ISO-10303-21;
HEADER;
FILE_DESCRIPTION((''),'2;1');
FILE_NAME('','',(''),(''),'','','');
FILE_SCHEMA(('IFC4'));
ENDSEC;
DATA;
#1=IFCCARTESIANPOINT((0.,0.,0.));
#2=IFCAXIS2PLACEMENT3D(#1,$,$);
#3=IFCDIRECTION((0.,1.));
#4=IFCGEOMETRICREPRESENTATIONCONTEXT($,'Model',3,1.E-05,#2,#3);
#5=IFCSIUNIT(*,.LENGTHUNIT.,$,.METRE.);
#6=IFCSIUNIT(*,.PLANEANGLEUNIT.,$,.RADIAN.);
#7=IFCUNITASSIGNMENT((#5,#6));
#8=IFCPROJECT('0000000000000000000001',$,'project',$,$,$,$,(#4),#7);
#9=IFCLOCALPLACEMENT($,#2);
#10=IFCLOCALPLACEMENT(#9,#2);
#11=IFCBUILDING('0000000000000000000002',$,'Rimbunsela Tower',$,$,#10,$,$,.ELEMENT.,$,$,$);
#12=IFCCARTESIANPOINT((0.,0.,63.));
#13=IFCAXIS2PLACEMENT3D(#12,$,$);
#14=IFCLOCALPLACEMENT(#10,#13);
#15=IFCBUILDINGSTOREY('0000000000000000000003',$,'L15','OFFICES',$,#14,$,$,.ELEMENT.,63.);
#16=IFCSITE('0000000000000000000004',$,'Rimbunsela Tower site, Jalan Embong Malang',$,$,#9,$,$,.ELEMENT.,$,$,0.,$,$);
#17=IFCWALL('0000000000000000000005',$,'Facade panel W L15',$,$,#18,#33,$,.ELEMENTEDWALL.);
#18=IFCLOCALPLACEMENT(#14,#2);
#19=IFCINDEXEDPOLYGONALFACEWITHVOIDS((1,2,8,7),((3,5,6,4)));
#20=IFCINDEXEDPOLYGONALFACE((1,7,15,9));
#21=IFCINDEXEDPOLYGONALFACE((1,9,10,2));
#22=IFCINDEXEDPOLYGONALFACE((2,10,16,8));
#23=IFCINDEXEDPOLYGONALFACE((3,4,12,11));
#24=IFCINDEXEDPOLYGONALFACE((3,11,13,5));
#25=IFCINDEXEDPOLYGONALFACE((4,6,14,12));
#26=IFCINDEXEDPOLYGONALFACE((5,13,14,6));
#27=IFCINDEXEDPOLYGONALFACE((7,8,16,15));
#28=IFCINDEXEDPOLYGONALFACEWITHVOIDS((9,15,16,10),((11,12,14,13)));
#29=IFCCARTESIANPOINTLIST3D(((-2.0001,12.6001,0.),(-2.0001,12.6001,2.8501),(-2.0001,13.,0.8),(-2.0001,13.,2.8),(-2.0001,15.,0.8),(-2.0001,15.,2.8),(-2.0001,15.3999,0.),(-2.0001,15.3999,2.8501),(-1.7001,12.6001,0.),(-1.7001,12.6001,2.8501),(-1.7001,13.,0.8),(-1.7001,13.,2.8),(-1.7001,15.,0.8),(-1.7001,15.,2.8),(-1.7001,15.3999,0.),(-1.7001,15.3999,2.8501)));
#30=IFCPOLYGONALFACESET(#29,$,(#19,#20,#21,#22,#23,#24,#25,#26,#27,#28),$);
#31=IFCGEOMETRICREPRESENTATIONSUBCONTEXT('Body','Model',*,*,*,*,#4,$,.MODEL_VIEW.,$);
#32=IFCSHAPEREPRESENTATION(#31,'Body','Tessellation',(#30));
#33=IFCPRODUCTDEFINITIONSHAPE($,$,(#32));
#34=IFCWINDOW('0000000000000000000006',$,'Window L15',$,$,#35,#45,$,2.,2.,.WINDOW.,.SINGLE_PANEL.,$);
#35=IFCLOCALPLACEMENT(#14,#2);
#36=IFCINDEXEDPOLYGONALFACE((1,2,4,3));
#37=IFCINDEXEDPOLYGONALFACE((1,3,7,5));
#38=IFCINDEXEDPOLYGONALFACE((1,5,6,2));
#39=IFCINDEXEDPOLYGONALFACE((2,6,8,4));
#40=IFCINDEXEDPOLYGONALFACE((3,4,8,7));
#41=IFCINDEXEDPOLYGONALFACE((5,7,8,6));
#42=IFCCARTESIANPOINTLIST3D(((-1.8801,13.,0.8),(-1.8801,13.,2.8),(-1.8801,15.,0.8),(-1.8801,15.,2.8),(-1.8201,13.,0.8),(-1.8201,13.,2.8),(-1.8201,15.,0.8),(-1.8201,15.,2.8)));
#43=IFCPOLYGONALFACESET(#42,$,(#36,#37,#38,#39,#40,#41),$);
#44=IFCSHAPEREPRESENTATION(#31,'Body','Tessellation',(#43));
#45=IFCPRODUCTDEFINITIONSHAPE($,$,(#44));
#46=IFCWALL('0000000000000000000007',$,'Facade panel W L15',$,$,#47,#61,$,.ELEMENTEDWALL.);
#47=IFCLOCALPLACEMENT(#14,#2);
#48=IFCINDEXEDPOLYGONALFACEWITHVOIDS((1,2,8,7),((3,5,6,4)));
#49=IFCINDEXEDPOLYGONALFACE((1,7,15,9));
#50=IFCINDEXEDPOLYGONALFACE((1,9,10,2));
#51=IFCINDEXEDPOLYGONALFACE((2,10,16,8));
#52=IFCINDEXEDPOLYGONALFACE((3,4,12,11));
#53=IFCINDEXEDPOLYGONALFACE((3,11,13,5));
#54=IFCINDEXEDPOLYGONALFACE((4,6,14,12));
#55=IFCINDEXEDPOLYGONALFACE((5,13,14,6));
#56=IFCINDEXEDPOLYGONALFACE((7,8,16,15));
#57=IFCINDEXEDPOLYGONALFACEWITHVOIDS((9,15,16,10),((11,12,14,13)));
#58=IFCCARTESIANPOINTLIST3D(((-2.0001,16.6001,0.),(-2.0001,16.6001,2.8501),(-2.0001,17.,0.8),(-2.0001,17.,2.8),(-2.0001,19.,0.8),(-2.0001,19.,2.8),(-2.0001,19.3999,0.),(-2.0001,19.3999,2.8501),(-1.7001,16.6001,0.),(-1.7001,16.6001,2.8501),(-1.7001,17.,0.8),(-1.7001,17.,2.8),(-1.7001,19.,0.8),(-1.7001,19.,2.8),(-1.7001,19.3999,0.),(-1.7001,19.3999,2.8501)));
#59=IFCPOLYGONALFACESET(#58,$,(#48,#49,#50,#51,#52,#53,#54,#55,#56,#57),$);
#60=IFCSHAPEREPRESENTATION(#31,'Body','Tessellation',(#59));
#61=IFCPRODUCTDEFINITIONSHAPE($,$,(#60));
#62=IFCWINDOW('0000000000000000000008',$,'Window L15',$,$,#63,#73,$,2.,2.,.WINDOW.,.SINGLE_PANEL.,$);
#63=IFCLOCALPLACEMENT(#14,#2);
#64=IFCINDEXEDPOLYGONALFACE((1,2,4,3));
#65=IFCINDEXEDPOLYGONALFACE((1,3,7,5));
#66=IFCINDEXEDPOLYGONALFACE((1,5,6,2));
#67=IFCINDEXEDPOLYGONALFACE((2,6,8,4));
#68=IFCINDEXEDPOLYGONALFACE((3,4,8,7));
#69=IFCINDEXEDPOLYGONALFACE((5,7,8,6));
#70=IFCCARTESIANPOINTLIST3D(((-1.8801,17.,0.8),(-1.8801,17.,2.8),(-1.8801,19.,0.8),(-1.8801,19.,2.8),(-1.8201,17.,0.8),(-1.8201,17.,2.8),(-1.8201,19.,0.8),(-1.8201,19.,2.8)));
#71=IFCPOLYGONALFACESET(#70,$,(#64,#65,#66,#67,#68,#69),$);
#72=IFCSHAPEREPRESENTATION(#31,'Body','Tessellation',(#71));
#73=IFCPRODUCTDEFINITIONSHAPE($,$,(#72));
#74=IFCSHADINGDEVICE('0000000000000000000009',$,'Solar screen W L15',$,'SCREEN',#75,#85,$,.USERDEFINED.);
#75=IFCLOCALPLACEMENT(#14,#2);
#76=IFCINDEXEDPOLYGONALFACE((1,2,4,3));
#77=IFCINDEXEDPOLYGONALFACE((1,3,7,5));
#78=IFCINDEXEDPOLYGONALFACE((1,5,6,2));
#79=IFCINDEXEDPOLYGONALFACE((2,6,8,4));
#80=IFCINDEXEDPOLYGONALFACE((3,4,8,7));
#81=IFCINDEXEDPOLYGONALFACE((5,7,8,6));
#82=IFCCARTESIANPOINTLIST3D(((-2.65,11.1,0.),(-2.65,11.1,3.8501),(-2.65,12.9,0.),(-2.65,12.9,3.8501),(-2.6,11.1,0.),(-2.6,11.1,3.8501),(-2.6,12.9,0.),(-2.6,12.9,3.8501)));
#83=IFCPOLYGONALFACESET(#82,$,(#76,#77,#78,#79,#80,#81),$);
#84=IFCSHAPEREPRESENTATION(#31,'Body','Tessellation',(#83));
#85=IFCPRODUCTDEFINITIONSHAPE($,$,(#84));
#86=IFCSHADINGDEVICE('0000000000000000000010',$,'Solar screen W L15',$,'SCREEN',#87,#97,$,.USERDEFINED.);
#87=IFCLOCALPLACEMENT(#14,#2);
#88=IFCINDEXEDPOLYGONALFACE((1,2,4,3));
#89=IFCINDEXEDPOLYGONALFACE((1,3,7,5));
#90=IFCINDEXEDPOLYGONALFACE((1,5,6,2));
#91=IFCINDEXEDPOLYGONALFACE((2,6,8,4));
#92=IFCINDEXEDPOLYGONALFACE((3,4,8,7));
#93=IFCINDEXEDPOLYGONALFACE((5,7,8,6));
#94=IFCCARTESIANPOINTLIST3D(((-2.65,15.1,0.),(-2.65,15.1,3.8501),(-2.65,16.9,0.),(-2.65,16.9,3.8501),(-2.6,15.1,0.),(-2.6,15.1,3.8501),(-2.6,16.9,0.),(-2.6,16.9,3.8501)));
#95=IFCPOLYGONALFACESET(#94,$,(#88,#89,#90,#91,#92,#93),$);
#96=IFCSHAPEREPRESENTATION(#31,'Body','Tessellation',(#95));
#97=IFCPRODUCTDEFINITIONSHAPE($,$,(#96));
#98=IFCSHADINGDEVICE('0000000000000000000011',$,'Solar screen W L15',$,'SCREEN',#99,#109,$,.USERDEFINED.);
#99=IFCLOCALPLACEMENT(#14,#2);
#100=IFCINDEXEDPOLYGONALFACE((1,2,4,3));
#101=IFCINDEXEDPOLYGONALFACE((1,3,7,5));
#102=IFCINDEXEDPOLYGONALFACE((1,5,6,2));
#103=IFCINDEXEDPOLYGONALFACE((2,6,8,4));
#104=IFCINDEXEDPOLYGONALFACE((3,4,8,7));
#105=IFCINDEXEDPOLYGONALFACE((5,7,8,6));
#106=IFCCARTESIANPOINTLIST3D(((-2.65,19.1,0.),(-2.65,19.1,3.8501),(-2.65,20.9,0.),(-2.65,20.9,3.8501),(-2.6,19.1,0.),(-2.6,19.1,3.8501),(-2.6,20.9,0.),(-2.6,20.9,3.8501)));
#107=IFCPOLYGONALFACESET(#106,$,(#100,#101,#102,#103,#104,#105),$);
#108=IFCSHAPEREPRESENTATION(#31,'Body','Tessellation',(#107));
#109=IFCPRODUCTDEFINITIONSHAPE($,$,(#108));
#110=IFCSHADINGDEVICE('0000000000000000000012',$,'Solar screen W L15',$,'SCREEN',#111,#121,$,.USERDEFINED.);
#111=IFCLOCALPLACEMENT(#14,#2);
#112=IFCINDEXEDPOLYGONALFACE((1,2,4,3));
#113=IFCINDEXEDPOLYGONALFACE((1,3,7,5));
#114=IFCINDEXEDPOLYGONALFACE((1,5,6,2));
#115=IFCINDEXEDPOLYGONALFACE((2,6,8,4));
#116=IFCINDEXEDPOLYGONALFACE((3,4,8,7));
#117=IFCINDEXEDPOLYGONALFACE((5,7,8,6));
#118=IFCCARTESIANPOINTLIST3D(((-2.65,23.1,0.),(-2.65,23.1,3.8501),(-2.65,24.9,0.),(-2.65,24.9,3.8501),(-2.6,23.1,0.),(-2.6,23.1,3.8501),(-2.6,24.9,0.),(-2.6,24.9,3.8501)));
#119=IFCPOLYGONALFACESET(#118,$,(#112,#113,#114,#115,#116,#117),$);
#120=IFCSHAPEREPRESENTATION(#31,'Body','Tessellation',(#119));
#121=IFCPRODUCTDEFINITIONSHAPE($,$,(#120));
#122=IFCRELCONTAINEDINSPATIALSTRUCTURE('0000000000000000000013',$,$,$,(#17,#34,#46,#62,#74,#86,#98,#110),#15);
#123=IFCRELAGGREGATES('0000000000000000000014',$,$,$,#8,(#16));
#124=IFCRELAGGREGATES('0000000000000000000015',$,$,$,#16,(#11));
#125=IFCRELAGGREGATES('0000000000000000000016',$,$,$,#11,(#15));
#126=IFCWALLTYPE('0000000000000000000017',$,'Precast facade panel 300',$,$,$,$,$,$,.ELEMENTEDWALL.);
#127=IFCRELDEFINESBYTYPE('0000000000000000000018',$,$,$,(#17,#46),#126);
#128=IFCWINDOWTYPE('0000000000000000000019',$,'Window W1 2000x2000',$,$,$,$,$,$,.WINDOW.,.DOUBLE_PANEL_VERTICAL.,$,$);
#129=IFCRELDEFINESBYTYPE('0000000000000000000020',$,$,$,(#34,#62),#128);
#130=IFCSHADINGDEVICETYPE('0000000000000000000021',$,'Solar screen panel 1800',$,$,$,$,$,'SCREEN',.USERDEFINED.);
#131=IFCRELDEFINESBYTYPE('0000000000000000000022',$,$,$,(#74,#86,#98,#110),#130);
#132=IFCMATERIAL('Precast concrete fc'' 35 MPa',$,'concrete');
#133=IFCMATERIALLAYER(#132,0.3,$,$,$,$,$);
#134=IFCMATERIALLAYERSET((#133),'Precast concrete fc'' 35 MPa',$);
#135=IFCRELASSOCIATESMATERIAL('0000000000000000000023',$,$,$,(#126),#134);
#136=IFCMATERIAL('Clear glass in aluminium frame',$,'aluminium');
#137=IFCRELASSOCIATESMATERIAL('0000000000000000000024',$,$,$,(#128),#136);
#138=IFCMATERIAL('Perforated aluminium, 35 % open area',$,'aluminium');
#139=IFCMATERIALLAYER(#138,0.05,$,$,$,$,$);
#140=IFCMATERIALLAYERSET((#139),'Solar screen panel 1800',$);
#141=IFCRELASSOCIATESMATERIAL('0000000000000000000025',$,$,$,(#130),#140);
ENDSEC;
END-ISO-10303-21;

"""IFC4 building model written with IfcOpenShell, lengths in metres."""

from ifc_helpers import new_model, si_unit, direction, frame, frame_2d, origin, origin_2d, place, context, subcontext, project, spatial, rectangle, extrude, material, layer, layer_set, type_object, element, fill, save


model = new_model("IFC4")

# Units and contexts
model_context = context("Model", 3, precision=1e-05, world=origin(), true_north=direction((0.0, 1.0)))
body_context = subcontext(model_context, "Body", "Model", "MODEL_VIEW")
ifc_project = project(units=[si_unit("LENGTHUNIT", "METRE"), si_unit("PLANEANGLEUNIT", "RADIAN")], contexts=[model_context])

# Site, building, storey
site_placement = place(None, origin())
site = spatial("IfcSite", under=ifc_project, at=site_placement, Name="Rimbunsela Tower site, Jalan Embong Malang", CompositionType="ELEMENT", RefElevation=0.0)
building_placement = place(site_placement, origin())
building = spatial("IfcBuilding", under=site, at=building_placement, Name="Rimbunsela Tower", CompositionType="ELEMENT")
storey_placement = place(building_placement, frame((0.0, 0.0, 63.0)))
storey = spatial("IfcBuildingStorey", under=building, at=storey_placement, Name="L15", Description="OFFICES", CompositionType="ELEMENT", Elevation=63.0)

# Walls, openings, windows
ifc_material_1 = material(Name="Precast concrete fc' 35 MPa", Category="concrete")
ifc_layer_1 = layer(ifc_material_1, 0.3)
ifc_layer_set_1 = layer_set([ifc_layer_1], Name="Precast concrete fc' 35 MPa")
wall_type = type_object("IfcWallType", Name="Precast facade panel 300", PredefinedType="ELEMENTEDWALL", material=ifc_layer_set_1)
ifc_material_2 = material(Name="Clear glass in aluminium frame", Category="aluminium")
window_type = type_object("IfcWindowType", Name="Window W1 2000x2000", PartitioningType="DOUBLE_PANEL_VERTICAL", PredefinedType="WINDOW", material=ifc_material_2)
wall_1_placement = place(storey_placement, frame((-1.8501, 15.3999, 0.0), z_axis=(0.0, 0.0, 1.0), x_axis=(0.0, -1.0, 0.0)))
wall_1 = element("IfcWall", 1, at=wall_1_placement, inside=storey, type_object=wall_type, Name="Facade panel W L15", PredefinedType="ELEMENTEDWALL", context=body_context, shape_type="SweptSolid", body=[
    extrude(rectangle(XDim=2.7998, YDim=0.3, at=frame_2d((1.3999, 0.0))), origin(), (0.0, 0.0, 1.0), 2.8501),
])
opening_1_placement = place(wall_1_placement, frame((0.3999, 0.0, 0.8)))
opening_1 = element("IfcOpeningElement", 2, at=opening_1_placement, cuts=wall_1, PredefinedType="OPENING", context=body_context, shape_type="SweptSolid", body=[
    extrude(rectangle(XDim=2.0, YDim=2.0, at=frame_2d((1.0, 1.0))), frame((0.0, 0.1599, 0.0), z_axis=(0.0, -1.0, 0.0), x_axis=(1.0, 0.0, 0.0)), (0.0, 0.0, 1.0), 0.3201),
])
window_1_placement = place(opening_1_placement, origin())
window_1 = element("IfcWindow", 3, at=window_1_placement, inside=storey, type_object=window_type, Name="Window L15", OverallHeight=2.0, OverallWidth=2.0, PartitioningType="SINGLE_PANEL", PredefinedType="WINDOW", context=body_context, shape_type="SweptSolid", body=[
    extrude(rectangle(XDim=2.0, YDim=2.0, at=frame_2d((1.0, 1.0))), frame((0.0, 0.03, 0.0), z_axis=(0.0, -1.0, 0.0), x_axis=(1.0, 0.0, 0.0)), (0.0, 0.0, 1.0), 0.0601),
])
fill(opening_1, window_1)
wall_2_placement = place(storey_placement, frame((-1.8501, 19.3999, 0.0), z_axis=(0.0, 0.0, 1.0), x_axis=(0.0, -1.0, 0.0)))
wall_2 = element("IfcWall", 4, at=wall_2_placement, inside=storey, type_object=wall_type, Name="Facade panel W L15", PredefinedType="ELEMENTEDWALL", context=body_context, shape_type="SweptSolid", body=[
    extrude(rectangle(XDim=2.7998, YDim=0.3, at=frame_2d((1.3999, 0.0))), origin(), (0.0, 0.0, 1.0), 2.8501),
])
opening_2_placement = place(wall_2_placement, frame((0.3999, 0.0, 0.8)))
opening_2 = element("IfcOpeningElement", 5, at=opening_2_placement, cuts=wall_2, PredefinedType="OPENING", context=body_context, shape_type="SweptSolid", body=[
    extrude(rectangle(XDim=2.0, YDim=2.0, at=frame_2d((1.0, 1.0))), frame((0.0, 0.1599, 0.0), z_axis=(0.0, -1.0, 0.0), x_axis=(1.0, 0.0, 0.0)), (0.0, 0.0, 1.0), 0.3201),
])
window_2_placement = place(opening_2_placement, origin())
window_2 = element("IfcWindow", 6, at=window_2_placement, inside=storey, type_object=window_type, Name="Window L15", OverallHeight=2.0, OverallWidth=2.0, PartitioningType="SINGLE_PANEL", PredefinedType="WINDOW", context=body_context, shape_type="SweptSolid", body=[
    extrude(rectangle(XDim=2.0, YDim=2.0, at=frame_2d((1.0, 1.0))), frame((0.0, 0.03, 0.0), z_axis=(0.0, -1.0, 0.0), x_axis=(1.0, 0.0, 0.0)), (0.0, 0.0, 1.0), 0.0601),
])
fill(opening_2, window_2)

# Shading devices
ifc_material_3 = material(Name="Perforated aluminium, 35 % open area", Category="aluminium")
ifc_layer_2 = layer(ifc_material_3, 0.05)
ifc_layer_set_2 = layer_set([ifc_layer_2], Name="Solar screen panel 1800")
shading_device_type = type_object("IfcShadingDeviceType", Name="Solar screen panel 1800", ElementType="SCREEN", PredefinedType="USERDEFINED", material=ifc_layer_set_2)
for number, where, z_axis, x_axis, name in (
    (7, (-2.625, 12.0, 0.0), (0.0, 0.0, 1.0), (0.0, 1.0, 0.0), "Solar screen W L15"),
    (8, (-2.625, 16.0, 0.0), (0.0, 0.0, 1.0), (0.0, 1.0, 0.0), "Solar screen W L15"),
    (9, (-2.625, 20.0, 0.0), (0.0, 0.0, 1.0), (0.0, 1.0, 0.0), "Solar screen W L15"),
    (10, (-2.625, 24.0, 0.0), (0.0, 0.0, 1.0), (0.0, 1.0, 0.0), "Solar screen W L15"),
):
    element("IfcShadingDevice", number, at=place(storey_placement, frame(where, z_axis=z_axis, x_axis=x_axis)), inside=storey, type_object=shading_device_type, Name=name, ObjectType="SCREEN", PredefinedType="USERDEFINED", context=body_context, shape_type="SweptSolid", body=[
        extrude(rectangle(XDim=1.8, YDim=0.05, at=origin_2d()), origin(), (0.0, 0.0, 1.0), 3.8501),
    ])

save(model, "model.ifc")
